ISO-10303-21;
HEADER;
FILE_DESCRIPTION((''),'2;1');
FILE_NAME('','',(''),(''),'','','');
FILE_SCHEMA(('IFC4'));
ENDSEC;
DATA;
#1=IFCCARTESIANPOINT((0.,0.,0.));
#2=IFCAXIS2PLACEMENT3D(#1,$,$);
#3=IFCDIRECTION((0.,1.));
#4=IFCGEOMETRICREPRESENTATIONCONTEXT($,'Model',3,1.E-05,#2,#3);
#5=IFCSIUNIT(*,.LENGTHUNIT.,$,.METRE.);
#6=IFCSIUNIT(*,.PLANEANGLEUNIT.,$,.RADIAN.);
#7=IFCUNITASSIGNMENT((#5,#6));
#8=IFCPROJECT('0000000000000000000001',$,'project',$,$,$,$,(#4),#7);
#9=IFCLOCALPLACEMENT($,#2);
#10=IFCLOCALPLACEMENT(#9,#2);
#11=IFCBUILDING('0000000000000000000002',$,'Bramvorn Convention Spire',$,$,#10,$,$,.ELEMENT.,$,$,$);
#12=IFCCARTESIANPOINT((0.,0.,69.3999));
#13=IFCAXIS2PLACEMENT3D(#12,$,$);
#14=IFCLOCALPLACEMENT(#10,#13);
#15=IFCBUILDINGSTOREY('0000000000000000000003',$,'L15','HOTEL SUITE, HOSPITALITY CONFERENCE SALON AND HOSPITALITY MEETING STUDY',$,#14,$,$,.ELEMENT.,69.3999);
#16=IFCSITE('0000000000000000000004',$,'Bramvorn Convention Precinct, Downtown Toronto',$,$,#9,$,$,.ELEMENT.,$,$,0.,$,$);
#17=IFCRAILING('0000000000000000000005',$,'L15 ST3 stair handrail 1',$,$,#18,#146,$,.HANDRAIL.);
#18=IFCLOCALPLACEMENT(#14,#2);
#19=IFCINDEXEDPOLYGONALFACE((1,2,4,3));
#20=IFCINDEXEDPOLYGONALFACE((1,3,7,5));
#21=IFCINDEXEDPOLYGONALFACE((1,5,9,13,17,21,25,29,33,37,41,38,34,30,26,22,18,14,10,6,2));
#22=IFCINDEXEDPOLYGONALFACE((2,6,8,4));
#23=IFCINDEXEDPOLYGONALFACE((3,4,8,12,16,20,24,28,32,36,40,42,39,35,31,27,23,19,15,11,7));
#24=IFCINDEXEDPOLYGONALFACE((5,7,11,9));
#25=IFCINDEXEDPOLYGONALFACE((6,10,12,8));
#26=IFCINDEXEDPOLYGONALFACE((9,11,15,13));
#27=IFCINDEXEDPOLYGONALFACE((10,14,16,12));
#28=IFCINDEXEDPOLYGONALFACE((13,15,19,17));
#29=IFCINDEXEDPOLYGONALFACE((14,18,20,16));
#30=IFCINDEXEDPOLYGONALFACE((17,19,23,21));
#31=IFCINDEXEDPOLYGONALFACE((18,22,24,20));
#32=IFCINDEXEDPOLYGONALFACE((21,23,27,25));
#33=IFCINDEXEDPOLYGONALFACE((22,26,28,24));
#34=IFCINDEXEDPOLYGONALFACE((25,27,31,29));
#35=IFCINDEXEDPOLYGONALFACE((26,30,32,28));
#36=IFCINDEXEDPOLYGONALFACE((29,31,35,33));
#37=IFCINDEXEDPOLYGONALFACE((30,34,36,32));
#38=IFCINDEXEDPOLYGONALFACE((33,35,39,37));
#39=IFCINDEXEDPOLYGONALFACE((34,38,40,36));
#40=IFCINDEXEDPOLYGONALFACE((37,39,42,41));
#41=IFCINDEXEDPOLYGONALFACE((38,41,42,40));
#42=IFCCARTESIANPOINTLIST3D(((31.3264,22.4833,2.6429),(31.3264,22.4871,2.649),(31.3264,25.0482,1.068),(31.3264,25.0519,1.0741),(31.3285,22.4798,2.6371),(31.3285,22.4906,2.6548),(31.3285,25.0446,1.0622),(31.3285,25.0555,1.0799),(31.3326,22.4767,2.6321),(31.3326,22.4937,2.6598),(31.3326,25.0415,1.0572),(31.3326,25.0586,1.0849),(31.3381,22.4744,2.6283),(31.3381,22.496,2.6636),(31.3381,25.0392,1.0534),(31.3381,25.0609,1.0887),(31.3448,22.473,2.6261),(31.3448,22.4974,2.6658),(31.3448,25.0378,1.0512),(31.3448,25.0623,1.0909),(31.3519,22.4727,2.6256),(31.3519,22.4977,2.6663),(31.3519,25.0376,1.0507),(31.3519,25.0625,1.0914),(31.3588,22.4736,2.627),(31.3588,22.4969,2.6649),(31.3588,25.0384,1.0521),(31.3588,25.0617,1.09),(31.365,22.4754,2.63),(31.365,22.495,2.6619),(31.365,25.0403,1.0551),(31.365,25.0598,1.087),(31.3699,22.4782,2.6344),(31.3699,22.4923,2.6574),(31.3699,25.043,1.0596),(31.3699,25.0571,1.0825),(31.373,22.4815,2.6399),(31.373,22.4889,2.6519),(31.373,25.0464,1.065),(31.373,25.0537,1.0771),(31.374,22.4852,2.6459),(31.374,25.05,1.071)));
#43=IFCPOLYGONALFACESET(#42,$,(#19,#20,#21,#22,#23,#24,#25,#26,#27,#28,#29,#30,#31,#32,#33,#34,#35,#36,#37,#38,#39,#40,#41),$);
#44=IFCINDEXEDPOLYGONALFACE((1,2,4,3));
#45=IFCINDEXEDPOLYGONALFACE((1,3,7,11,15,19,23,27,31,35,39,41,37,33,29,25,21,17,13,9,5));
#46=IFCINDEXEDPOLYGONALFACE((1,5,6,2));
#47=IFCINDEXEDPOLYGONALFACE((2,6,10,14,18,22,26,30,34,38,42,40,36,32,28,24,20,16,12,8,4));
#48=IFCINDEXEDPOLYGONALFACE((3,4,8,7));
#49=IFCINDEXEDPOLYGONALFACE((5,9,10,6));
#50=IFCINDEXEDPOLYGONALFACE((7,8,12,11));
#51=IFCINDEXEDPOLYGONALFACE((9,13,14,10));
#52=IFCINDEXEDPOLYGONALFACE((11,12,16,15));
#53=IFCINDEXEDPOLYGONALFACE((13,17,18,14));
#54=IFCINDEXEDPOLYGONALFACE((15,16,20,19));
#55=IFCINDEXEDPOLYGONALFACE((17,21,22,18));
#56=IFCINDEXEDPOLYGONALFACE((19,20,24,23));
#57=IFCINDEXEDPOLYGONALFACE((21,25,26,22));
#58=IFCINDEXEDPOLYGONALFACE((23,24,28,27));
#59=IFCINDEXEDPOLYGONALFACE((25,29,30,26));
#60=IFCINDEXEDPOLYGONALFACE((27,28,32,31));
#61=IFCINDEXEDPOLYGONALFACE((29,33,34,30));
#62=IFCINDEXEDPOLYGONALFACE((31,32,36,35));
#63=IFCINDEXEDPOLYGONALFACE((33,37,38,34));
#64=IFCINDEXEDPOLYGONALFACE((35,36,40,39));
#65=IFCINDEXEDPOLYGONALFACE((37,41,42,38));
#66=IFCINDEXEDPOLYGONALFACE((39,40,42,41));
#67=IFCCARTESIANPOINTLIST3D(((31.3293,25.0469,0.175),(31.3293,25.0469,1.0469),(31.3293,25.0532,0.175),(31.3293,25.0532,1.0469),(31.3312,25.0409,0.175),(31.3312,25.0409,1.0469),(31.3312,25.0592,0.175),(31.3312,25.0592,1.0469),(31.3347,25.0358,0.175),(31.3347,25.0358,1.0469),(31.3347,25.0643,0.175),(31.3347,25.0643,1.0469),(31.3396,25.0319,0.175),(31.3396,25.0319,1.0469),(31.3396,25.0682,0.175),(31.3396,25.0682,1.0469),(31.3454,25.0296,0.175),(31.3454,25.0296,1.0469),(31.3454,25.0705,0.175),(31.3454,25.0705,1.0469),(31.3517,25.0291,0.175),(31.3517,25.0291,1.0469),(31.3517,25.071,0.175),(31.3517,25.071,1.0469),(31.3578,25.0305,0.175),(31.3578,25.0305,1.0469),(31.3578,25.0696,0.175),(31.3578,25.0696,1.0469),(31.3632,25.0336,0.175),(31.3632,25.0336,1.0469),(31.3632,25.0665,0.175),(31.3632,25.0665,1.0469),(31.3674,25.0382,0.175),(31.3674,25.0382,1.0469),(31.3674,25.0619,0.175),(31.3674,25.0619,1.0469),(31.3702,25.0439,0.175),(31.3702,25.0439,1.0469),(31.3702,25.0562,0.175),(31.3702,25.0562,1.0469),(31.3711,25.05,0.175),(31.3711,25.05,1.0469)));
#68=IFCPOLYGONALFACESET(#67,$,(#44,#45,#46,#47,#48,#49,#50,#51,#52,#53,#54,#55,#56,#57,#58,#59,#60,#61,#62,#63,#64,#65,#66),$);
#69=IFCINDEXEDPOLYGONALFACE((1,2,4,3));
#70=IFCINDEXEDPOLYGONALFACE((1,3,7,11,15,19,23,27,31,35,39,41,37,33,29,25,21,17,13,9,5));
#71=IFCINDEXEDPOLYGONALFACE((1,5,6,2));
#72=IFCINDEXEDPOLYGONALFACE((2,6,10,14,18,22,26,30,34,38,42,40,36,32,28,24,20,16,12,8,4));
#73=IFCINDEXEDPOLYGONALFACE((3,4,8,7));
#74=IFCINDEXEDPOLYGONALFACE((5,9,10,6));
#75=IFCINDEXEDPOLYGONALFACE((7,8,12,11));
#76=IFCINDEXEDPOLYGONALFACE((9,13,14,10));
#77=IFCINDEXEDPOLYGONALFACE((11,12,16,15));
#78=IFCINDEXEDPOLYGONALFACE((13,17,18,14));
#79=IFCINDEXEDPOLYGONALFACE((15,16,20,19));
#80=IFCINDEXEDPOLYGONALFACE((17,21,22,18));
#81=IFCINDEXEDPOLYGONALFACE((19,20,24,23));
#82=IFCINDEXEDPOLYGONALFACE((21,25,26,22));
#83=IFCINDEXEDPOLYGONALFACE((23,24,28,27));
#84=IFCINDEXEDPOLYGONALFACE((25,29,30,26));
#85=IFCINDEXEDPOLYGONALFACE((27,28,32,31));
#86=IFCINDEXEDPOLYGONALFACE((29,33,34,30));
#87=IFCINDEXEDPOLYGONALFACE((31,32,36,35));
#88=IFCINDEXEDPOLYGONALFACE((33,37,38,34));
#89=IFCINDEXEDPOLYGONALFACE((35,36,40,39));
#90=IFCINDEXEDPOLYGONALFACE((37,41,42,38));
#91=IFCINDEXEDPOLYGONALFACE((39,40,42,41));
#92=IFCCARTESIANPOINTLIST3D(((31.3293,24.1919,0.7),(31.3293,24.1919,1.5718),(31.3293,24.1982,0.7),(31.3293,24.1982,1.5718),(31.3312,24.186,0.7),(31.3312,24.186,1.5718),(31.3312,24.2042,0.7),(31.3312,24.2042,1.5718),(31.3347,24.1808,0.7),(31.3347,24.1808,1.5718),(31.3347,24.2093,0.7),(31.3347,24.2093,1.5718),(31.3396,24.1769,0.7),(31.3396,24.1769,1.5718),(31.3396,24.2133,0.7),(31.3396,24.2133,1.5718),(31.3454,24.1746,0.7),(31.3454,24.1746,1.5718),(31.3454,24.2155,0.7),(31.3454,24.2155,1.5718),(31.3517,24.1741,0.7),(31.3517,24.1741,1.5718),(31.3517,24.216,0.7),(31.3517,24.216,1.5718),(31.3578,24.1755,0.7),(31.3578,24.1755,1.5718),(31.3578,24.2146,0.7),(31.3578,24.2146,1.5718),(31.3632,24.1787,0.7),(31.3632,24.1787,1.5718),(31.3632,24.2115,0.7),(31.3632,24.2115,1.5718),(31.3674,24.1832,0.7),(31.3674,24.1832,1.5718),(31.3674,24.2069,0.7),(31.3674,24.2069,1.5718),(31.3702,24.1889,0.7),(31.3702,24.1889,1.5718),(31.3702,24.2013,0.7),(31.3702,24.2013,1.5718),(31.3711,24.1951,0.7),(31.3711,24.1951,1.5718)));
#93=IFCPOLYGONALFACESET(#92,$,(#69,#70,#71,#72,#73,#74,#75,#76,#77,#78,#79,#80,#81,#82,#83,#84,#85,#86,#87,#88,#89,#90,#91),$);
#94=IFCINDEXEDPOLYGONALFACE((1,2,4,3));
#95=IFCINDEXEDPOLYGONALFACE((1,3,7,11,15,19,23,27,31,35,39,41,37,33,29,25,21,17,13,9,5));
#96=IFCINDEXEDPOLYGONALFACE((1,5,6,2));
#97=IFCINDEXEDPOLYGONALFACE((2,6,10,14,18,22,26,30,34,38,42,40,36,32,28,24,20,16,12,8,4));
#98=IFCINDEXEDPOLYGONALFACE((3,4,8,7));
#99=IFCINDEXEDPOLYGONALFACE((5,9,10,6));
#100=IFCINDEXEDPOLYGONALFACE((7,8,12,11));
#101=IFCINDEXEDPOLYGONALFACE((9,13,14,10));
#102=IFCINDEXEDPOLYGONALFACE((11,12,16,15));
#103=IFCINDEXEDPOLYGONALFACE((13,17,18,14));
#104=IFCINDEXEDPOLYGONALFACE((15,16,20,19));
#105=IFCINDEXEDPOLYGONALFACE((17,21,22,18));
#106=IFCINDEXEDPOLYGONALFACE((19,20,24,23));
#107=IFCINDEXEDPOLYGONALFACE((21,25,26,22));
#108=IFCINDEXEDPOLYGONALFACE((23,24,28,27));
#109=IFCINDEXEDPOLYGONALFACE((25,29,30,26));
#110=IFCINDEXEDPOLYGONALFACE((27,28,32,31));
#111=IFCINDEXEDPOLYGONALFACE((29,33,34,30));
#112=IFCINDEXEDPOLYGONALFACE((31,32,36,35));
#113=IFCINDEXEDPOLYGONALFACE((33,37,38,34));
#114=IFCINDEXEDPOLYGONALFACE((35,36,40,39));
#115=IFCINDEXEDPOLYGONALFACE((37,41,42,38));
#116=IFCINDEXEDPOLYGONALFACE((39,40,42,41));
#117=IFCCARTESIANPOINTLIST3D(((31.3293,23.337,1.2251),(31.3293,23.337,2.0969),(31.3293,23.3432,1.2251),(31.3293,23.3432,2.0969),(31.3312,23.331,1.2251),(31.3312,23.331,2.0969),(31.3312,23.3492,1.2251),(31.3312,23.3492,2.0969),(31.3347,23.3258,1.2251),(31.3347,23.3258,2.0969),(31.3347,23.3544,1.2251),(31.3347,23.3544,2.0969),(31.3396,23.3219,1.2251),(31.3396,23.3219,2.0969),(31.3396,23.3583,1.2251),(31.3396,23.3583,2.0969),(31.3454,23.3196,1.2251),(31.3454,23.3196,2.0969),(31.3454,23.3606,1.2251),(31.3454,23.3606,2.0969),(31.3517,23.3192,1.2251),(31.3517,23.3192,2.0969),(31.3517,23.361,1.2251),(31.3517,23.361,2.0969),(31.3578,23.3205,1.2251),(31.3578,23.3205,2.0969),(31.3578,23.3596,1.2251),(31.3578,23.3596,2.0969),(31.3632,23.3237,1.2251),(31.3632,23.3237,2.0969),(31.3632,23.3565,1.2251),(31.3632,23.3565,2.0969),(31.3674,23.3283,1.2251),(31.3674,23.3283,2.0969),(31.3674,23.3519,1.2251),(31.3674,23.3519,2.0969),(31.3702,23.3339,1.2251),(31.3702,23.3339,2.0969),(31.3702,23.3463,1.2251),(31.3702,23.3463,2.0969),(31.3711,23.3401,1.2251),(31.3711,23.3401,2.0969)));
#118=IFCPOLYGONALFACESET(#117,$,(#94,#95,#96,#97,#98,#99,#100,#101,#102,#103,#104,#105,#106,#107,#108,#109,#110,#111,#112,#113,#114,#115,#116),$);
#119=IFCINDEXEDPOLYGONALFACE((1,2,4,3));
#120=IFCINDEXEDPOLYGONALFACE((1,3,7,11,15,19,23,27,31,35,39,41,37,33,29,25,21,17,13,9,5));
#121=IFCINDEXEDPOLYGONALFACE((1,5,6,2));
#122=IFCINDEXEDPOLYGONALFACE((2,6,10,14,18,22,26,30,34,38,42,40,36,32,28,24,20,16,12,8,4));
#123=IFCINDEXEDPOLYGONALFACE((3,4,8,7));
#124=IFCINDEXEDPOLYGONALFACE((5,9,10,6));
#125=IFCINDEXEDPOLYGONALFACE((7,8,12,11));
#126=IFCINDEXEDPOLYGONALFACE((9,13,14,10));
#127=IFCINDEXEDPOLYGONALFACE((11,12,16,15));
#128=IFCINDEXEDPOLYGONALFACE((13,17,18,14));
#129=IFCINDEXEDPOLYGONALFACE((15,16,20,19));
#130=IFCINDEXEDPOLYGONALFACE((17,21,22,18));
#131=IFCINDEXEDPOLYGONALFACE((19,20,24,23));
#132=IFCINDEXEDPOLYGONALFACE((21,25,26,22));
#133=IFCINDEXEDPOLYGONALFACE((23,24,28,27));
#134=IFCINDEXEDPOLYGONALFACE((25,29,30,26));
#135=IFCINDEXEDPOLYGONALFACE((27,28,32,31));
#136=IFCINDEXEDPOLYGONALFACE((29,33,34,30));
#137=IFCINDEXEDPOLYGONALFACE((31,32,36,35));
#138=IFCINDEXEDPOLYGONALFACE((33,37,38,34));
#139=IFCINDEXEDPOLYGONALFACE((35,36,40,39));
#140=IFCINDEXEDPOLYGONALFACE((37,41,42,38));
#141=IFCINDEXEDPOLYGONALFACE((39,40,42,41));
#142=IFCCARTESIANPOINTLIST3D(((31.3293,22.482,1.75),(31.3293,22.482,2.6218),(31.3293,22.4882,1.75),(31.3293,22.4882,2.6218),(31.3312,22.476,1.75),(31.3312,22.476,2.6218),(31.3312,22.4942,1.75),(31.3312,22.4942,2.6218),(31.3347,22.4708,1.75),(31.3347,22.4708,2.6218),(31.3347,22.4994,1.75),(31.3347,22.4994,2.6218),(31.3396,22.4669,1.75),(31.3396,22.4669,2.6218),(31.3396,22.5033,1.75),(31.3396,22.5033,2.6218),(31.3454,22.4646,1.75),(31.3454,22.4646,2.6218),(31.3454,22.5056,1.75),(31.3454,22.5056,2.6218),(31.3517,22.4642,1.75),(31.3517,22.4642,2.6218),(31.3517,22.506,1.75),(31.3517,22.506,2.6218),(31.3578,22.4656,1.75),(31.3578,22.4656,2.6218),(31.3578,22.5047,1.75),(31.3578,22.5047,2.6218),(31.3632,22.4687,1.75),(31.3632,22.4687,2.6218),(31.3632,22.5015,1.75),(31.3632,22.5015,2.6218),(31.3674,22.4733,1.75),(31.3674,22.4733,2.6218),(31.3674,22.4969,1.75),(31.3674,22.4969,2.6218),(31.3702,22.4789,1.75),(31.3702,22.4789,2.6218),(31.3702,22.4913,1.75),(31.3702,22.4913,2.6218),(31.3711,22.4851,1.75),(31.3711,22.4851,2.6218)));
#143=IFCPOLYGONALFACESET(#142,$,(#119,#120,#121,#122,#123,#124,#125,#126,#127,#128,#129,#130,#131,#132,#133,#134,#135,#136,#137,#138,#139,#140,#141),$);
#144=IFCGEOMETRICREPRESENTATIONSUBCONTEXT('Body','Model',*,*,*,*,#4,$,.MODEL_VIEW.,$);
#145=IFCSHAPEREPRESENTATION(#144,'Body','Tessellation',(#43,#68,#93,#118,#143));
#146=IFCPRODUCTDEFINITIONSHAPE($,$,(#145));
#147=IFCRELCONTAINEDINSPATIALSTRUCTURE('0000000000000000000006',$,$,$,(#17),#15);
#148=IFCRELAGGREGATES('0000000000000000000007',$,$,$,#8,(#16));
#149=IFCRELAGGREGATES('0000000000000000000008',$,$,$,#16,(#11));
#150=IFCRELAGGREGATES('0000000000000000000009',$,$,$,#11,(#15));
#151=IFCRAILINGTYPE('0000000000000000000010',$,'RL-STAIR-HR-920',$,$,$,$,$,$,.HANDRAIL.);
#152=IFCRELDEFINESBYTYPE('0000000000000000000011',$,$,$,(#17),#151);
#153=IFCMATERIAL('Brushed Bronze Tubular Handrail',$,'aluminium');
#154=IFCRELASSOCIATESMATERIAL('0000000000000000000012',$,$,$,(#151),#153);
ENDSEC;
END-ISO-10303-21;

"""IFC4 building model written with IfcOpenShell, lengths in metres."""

from ifc_helpers import new_model, si_unit, direction, frame, origin, origin_2d, place, context, subcontext, project, spatial, circle, extrude, material, type_object, element, save


model = new_model("IFC4")

# Units and contexts
model_context = context("Model", 3, precision=1e-05, world=origin(), true_north=direction((0.0, 1.0)))
body_context = subcontext(model_context, "Body", "Model", "MODEL_VIEW")
ifc_project = project(units=[si_unit("LENGTHUNIT", "METRE"), si_unit("PLANEANGLEUNIT", "RADIAN")], contexts=[model_context])

# Site, building, storey
site_placement = place(None, origin())
site = spatial("IfcSite", under=ifc_project, at=site_placement, Name="Bramvorn Convention Precinct, Downtown Toronto", CompositionType="ELEMENT", RefElevation=0.0)
building_placement = place(site_placement, origin())
building = spatial("IfcBuilding", under=site, at=building_placement, Name="Bramvorn Convention Spire", CompositionType="ELEMENT")
storey_placement = place(building_placement, frame((0.0, 0.0, 69.3999)))
storey = spatial("IfcBuildingStorey", under=building, at=storey_placement, Name="L15", Description="HOTEL SUITE, HOSPITALITY CONFERENCE SALON AND HOSPITALITY MEETING STUDY", CompositionType="ELEMENT", Elevation=69.3999)

# Railing
ifc_material_1 = material(Name="Brushed Bronze Tubular Handrail", Category="aluminium")
railing_type_1 = type_object("IfcRailingType", Name="RL-STAIR-HR-920", PredefinedType="HANDRAIL", material=ifc_material_1)
railing_1_placement = place(storey_placement, frame((31.3501, 25.05, 0.175)))
element("IfcRailing", 1, at=railing_1_placement, inside=storey, type_object=railing_type_1, Name="L15 ST3 stair handrail 1", PredefinedType="HANDRAIL", context=body_context, shape_type="SweptSolid", body=[
    extrude(circle(Radius=0.0239, at=origin_2d()), frame((0.0, 0.0, 0.896), z_axis=(0.0, -0.852173, 0.52326), x_axis=(1.0, 0.0, 0.0)), (0.0, 0.0, 1.0), 3.0098),
    extrude(circle(Radius=0.021, at=origin_2d()), origin(), (0.0, 0.0, 1.0), 0.8718),
    extrude(circle(Radius=0.021, at=origin_2d()), frame((0.0, -0.855, 0.5249)), (0.0, 0.0, 1.0), 0.8718),
    extrude(circle(Radius=0.021, at=origin_2d()), frame((0.0, -1.71, 1.05)), (0.0, 0.0, 1.0), 0.8718),
    extrude(circle(Radius=0.021, at=origin_2d()), frame((0.0, -2.5649, 1.575)), (0.0, 0.0, 1.0), 0.8718),
])

save(model, "model.ifc")
